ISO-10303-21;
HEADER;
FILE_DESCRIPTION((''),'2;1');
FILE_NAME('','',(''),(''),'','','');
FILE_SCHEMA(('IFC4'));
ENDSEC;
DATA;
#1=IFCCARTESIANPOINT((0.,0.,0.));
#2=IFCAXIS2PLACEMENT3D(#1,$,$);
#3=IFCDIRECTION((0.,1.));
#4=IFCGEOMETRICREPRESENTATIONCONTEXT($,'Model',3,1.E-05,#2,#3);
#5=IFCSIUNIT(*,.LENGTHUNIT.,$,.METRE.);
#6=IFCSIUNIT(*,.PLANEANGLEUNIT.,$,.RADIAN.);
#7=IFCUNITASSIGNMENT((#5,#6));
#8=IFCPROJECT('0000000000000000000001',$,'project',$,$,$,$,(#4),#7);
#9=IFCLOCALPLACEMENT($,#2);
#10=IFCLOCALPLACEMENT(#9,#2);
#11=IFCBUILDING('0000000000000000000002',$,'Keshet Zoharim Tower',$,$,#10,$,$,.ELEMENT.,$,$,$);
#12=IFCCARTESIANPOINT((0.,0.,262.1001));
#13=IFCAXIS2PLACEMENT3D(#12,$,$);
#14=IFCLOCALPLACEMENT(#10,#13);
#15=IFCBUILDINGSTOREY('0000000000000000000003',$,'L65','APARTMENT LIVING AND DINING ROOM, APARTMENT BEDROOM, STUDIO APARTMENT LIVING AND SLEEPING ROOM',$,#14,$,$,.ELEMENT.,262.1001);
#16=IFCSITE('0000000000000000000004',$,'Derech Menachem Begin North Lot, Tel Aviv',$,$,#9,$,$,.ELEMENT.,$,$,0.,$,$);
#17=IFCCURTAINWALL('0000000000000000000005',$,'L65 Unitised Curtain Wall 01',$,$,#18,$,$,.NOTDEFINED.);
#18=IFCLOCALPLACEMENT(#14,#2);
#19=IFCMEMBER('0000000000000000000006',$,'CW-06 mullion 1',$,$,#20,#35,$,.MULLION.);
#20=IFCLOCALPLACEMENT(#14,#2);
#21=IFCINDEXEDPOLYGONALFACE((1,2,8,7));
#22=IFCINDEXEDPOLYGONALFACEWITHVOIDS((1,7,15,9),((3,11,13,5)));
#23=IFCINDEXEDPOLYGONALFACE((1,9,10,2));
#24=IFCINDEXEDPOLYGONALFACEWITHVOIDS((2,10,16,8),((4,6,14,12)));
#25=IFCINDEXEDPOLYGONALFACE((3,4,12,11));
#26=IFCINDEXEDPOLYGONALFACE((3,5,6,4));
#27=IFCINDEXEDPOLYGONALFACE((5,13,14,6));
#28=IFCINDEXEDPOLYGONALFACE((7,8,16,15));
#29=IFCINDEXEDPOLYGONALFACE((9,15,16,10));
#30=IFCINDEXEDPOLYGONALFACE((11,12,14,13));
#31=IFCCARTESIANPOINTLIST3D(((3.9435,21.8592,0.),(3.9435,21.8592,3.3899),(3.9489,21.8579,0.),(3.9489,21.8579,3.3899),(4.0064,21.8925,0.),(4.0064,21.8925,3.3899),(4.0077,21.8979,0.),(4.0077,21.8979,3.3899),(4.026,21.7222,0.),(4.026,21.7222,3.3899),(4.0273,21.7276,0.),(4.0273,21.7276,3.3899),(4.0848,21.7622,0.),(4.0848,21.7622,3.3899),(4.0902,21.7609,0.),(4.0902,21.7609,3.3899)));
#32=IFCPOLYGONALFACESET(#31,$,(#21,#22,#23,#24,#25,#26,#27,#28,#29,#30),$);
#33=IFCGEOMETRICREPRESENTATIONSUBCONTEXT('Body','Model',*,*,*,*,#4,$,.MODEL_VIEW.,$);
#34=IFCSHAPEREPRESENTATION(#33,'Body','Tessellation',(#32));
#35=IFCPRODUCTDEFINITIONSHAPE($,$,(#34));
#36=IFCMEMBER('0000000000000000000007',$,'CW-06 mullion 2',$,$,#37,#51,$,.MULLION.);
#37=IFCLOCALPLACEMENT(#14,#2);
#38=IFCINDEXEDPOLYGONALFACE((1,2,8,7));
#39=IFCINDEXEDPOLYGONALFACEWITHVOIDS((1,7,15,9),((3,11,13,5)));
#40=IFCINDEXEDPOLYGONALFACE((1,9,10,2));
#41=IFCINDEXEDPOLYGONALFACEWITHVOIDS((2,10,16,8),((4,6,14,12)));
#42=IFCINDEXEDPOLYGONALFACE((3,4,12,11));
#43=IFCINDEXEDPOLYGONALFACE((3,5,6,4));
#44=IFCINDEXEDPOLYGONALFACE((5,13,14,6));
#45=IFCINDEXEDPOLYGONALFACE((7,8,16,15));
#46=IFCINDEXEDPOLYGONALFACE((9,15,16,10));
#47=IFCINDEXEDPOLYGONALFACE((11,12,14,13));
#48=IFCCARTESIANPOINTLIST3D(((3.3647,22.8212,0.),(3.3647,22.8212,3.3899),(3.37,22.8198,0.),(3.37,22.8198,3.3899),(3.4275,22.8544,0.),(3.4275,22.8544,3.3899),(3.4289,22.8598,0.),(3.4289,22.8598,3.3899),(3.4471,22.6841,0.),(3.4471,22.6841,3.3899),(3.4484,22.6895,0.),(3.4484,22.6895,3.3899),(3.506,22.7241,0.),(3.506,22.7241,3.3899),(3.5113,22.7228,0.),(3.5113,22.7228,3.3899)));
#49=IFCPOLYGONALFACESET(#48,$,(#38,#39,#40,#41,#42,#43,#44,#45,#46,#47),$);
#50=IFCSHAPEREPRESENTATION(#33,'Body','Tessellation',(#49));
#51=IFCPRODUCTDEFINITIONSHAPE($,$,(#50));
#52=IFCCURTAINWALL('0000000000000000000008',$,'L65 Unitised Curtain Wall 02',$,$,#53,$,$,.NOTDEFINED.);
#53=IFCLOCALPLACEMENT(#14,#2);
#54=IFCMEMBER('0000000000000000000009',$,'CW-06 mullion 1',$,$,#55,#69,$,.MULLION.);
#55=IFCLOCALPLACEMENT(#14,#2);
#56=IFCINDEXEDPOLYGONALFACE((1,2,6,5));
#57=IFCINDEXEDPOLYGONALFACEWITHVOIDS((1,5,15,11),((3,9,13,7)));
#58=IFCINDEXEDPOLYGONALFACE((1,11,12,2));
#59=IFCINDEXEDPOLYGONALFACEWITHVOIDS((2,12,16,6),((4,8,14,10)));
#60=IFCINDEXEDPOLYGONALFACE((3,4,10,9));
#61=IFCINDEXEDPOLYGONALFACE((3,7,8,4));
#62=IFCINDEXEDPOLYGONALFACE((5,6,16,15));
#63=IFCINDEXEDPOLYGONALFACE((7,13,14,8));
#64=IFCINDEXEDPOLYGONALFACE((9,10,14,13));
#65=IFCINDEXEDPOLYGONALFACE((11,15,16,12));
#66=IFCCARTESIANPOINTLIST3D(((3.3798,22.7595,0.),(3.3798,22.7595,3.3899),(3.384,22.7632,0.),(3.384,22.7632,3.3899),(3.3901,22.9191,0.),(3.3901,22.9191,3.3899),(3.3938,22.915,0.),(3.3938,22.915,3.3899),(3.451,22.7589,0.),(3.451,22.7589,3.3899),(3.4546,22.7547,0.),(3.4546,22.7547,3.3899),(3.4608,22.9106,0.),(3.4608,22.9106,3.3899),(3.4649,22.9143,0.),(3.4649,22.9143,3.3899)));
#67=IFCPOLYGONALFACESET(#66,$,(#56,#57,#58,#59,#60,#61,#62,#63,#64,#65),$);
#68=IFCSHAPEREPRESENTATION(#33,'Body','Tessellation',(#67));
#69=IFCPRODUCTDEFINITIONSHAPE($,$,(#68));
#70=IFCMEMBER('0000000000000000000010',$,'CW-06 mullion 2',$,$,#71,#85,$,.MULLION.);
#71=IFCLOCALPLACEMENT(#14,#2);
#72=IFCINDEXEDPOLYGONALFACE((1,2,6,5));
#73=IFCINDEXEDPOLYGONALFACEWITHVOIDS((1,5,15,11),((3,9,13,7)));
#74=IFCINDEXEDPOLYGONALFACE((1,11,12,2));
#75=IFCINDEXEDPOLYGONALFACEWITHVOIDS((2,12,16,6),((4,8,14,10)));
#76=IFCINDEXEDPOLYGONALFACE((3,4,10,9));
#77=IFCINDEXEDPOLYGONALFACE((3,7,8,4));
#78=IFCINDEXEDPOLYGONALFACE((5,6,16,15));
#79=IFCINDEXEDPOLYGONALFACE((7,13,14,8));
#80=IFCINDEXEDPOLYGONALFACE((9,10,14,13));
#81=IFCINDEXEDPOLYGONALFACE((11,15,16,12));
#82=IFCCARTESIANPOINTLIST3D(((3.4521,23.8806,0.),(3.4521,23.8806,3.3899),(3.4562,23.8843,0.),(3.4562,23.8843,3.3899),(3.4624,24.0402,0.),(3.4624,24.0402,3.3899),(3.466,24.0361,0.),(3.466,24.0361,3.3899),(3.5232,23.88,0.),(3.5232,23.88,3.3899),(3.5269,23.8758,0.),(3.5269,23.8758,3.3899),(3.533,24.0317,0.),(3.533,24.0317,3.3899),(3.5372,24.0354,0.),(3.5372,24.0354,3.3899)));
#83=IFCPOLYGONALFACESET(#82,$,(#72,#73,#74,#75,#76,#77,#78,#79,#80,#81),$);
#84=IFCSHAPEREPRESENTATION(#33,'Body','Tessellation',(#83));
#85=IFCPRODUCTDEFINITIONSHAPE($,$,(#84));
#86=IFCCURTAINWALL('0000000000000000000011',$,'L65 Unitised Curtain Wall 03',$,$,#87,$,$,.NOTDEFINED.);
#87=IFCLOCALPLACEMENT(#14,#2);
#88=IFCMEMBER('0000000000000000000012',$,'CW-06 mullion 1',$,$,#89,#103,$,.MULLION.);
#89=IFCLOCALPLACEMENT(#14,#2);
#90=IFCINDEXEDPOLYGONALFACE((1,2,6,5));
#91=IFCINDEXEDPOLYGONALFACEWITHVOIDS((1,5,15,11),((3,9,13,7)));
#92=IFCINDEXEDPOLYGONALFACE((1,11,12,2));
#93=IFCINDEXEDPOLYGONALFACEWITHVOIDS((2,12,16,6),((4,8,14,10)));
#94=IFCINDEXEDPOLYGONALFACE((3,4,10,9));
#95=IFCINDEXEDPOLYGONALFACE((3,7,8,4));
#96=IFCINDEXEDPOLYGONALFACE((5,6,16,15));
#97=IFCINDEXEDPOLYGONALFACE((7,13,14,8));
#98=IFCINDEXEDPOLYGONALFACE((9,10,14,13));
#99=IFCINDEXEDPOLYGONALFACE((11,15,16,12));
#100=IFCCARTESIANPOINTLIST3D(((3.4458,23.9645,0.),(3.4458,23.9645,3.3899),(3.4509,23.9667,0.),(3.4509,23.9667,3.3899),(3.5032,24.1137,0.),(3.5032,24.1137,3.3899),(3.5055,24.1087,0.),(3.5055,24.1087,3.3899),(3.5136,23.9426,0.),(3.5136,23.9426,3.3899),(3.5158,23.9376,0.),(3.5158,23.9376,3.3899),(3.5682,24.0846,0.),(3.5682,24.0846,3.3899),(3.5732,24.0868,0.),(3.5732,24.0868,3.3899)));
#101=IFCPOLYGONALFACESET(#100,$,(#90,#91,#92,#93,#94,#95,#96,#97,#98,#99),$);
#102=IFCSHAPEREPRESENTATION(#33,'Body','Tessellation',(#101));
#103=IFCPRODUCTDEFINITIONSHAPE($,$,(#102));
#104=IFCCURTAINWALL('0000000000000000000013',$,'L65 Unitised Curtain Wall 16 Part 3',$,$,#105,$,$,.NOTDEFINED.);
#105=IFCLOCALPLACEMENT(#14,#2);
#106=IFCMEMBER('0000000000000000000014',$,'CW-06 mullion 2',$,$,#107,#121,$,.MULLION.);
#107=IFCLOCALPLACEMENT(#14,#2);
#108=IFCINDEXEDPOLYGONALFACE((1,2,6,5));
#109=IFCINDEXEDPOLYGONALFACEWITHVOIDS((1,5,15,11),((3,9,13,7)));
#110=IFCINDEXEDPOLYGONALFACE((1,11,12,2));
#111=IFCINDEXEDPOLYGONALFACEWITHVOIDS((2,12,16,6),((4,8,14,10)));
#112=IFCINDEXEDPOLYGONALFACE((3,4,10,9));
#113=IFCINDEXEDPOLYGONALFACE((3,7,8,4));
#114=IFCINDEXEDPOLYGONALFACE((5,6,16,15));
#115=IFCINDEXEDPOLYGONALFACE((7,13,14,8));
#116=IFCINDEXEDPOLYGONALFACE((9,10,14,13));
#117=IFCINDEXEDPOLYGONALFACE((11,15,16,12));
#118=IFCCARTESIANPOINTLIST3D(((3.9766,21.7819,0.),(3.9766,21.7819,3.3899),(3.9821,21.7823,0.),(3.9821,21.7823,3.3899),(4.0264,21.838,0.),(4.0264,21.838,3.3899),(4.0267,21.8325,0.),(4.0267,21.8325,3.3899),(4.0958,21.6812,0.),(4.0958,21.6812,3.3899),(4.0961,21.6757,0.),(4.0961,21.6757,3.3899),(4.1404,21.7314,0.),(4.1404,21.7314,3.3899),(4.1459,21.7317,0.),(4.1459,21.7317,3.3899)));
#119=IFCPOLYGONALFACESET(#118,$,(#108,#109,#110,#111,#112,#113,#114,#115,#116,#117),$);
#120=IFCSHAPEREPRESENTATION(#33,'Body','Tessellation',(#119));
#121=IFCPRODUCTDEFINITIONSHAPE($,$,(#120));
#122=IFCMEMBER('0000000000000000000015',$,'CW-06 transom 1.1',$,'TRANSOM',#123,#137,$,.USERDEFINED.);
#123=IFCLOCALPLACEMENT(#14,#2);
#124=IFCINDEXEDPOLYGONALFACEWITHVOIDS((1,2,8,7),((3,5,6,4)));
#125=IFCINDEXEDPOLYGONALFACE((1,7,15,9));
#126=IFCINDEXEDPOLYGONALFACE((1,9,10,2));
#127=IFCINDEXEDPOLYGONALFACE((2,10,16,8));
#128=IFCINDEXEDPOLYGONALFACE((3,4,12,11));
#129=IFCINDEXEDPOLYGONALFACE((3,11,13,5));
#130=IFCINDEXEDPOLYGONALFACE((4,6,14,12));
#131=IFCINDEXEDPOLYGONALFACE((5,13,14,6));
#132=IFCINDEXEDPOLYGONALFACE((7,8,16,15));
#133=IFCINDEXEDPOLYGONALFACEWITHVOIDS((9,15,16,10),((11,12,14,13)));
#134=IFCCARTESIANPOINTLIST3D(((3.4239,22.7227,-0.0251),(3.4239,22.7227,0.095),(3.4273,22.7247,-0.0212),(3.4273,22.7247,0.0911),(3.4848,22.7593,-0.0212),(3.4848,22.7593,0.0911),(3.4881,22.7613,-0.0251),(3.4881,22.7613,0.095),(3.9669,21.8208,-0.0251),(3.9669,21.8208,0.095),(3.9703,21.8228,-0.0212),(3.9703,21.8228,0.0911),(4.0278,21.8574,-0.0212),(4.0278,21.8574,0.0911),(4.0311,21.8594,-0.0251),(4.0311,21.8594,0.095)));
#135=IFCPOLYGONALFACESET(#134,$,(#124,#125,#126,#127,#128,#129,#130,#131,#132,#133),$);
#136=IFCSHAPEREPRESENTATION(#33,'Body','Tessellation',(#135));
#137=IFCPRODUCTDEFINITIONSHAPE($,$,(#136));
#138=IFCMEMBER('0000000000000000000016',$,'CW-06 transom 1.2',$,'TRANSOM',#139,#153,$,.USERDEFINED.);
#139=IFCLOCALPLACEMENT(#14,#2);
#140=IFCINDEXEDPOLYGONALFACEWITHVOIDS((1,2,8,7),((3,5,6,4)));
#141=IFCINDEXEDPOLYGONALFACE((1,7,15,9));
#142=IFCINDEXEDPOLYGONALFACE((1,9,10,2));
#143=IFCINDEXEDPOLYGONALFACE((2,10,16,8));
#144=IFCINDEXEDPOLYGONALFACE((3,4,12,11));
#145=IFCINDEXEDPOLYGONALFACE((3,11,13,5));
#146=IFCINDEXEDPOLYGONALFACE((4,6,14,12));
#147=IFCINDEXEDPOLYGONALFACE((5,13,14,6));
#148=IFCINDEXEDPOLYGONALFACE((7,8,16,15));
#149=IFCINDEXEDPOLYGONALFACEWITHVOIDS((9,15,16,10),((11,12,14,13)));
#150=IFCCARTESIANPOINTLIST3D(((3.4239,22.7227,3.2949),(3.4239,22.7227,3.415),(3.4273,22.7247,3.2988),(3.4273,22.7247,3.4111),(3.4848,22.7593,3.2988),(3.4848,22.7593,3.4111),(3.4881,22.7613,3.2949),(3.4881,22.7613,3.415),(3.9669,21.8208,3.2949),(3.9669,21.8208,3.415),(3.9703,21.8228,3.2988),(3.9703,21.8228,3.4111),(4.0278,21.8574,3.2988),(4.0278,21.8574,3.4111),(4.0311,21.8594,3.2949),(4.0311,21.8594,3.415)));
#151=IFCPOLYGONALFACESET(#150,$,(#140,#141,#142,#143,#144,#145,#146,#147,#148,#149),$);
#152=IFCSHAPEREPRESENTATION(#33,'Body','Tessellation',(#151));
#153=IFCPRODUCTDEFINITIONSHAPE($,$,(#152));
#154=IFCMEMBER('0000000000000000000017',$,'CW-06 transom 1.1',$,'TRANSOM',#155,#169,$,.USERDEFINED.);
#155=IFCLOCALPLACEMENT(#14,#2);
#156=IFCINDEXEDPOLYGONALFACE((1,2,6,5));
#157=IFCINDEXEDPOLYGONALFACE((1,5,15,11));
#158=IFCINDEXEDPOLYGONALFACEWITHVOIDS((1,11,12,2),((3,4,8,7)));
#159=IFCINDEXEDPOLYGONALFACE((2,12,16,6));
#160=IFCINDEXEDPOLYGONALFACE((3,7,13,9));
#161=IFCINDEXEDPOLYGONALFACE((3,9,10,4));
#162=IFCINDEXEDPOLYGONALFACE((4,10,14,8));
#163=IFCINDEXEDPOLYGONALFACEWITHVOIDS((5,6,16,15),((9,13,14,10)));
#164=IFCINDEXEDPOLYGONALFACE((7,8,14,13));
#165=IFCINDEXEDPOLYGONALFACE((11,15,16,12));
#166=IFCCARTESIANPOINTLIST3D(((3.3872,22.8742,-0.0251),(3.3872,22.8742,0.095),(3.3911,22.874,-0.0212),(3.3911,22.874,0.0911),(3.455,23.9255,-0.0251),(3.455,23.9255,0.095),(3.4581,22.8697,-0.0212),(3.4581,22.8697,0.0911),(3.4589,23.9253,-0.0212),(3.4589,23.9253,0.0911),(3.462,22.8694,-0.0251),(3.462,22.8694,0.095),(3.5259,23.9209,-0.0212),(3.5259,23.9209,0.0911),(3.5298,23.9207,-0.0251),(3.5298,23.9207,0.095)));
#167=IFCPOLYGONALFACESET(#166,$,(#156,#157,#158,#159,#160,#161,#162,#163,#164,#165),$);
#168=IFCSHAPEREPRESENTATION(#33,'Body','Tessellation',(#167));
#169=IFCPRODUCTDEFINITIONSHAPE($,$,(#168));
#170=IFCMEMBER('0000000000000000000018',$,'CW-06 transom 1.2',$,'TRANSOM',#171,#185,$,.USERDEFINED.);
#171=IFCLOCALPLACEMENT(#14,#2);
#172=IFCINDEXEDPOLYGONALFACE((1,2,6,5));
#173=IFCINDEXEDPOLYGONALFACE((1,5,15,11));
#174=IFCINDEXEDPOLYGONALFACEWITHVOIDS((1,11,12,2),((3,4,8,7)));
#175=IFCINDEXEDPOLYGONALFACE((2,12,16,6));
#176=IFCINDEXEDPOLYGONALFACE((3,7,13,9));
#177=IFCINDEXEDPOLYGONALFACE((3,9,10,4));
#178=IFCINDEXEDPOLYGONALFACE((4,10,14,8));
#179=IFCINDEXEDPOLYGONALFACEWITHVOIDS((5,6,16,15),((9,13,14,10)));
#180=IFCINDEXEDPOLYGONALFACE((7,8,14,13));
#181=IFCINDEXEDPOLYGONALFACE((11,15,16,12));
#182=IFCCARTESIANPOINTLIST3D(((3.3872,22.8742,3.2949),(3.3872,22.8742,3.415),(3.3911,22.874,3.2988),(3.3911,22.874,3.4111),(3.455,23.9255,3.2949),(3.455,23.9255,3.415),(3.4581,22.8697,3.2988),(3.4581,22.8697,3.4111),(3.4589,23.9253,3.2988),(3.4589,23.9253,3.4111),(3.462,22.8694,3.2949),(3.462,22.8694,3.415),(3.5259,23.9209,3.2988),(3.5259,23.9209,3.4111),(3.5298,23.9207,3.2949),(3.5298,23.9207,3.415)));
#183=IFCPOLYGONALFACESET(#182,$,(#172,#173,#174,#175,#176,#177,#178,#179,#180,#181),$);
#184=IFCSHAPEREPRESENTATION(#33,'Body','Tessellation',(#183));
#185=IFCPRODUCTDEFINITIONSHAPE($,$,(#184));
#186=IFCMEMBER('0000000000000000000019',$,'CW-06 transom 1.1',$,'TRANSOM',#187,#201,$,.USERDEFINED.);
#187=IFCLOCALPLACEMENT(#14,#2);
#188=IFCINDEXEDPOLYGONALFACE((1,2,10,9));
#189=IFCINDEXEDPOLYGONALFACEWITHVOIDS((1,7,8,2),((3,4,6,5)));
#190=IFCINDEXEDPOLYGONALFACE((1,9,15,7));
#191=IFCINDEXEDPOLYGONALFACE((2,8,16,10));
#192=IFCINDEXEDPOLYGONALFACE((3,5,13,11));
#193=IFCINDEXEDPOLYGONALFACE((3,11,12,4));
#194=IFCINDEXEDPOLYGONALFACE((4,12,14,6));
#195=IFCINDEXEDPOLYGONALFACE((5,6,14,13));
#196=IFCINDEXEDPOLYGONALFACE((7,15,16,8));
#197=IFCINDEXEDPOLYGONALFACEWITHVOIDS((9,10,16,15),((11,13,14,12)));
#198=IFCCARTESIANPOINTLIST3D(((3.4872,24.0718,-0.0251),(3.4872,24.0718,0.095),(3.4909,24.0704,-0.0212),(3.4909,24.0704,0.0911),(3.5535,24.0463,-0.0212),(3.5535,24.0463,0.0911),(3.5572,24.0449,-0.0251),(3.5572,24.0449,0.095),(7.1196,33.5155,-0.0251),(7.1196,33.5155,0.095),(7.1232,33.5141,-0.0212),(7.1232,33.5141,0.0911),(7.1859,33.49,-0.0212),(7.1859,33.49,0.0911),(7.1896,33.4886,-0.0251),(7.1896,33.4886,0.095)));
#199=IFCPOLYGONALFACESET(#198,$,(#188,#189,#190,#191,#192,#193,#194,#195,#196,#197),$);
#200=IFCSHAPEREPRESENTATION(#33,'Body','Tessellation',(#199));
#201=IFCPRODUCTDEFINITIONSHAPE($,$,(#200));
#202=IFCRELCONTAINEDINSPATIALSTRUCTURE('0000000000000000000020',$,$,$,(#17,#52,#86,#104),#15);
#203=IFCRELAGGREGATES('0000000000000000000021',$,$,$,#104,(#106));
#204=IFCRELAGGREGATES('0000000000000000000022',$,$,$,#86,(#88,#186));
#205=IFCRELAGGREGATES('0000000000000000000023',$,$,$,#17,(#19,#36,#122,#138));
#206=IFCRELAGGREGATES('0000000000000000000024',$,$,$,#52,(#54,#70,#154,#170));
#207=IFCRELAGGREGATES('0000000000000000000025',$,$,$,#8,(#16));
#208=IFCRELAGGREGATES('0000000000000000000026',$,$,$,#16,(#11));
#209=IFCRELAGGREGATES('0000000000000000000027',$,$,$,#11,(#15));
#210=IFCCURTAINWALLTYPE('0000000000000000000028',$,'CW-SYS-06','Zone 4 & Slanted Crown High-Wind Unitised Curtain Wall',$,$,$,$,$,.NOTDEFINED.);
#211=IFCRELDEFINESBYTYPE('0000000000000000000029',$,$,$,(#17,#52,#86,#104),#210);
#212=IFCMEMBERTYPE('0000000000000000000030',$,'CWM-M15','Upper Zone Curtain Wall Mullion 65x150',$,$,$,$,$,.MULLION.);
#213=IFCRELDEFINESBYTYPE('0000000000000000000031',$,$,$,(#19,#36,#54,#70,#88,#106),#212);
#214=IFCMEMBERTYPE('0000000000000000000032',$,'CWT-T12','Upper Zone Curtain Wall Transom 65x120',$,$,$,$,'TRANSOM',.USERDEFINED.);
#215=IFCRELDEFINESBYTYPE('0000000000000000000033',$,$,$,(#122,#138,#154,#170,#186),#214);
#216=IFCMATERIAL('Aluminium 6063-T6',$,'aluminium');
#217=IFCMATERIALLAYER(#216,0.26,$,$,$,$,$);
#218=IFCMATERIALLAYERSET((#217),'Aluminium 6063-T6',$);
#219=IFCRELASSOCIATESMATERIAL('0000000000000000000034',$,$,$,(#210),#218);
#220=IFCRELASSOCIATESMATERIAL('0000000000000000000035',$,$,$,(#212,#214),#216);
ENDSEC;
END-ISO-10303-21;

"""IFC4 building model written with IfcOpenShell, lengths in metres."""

from ifc_helpers import new_model, si_unit, direction, frame, origin, origin_2d, place, context, subcontext, project, spatial, hollow_rectangle, extrude, material, layer, layer_set, material_profile, profile_set, type_object, element, aggregate, save


model = new_model("IFC4")

# Units and contexts
model_context = context("Model", 3, precision=1e-05, world=origin(), true_north=direction((0.0, 1.0)))
body_context = subcontext(model_context, "Body", "Model", "MODEL_VIEW")
ifc_project = project(units=[si_unit("LENGTHUNIT", "METRE"), si_unit("PLANEANGLEUNIT", "RADIAN")], contexts=[model_context])

# Site, building, storey
site_placement = place(None, origin())
site = spatial("IfcSite", under=ifc_project, at=site_placement, Name="Derech Menachem Begin North Lot, Tel Aviv", CompositionType="ELEMENT", RefElevation=0.0)
building_placement = place(site_placement, origin())
building = spatial("IfcBuilding", under=site, at=building_placement, Name="Keshet Zoharim Tower", CompositionType="ELEMENT")
storey_placement = place(building_placement, frame((0.0, 0.0, 262.1001)))
storey = spatial("IfcBuildingStorey", under=building, at=storey_placement, Name="L65", Description="APARTMENT LIVING AND DINING ROOM, APARTMENT BEDROOM, STUDIO APARTMENT LIVING AND SLEEPING ROOM", CompositionType="ELEMENT", Elevation=262.1001)

# Curtain walls, members
ifc_material_1 = material(Name="Aluminium 6063-T6", Category="aluminium")
ifc_layer_1 = layer(ifc_material_1, 0.26)
ifc_layer_set_1 = layer_set([ifc_layer_1], Name="Aluminium 6063-T6")
curtain_wall_type = type_object("IfcCurtainWallType", Name="CW-SYS-06", Description="Zone 4 & Slanted Crown High-Wind Unitised Curtain Wall", PredefinedType="NOTDEFINED", material=ifc_layer_set_1)
curtain_wall_1_placement = place(storey_placement, origin())
curtain_wall_1 = element("IfcCurtainWall", 1, at=curtain_wall_1_placement, inside=storey, type_object=curtain_wall_type, Name="L65 Unitised Curtain Wall 01", PredefinedType="NOTDEFINED")
ifc_material_profile_1 = material_profile(ifc_material_1, hollow_rectangle(XDim=0.075, YDim=0.1599, WallThickness=0.0039, at=origin_2d()), Name="MUL-75x160")
ifc_profile_set_1 = profile_set([ifc_material_profile_1], Name="Aluminium 6063-T6")
member_type_1 = type_object("IfcMemberType", Name="CWM-M15", Description="Upper Zone Curtain Wall Mullion 65x150", PredefinedType="MULLION", material=ifc_profile_set_1)
member_1_placement = place(storey_placement, frame((4.0168, 21.8101, 0.0), z_axis=(0.0, 0.0, 1.0), x_axis=(-0.856826, -0.515605, 0.0)))
member_1 = element("IfcMember", 2, at=member_1_placement, type_object=member_type_1, Name="CW-06 mullion 1", PredefinedType="MULLION", context=body_context, shape_type="SweptSolid", body=[
    extrude(hollow_rectangle(XDim=0.075, YDim=0.1599, WallThickness=0.0039, at=origin_2d()), origin(), (0.0, 0.0, 1.0), 3.3899),
])
member_2_placement = place(storey_placement, frame((3.438, 22.772, 0.0), z_axis=(0.0, 0.0, 1.0), x_axis=(-0.856826, -0.515605, 0.0)))
member_2 = element("IfcMember", 3, at=member_2_placement, type_object=member_type_1, Name="CW-06 mullion 2", PredefinedType="MULLION", context=body_context, shape_type="SweptSolid", body=[
    extrude(hollow_rectangle(XDim=0.075, YDim=0.1599, WallThickness=0.0039, at=origin_2d()), origin(), (0.0, 0.0, 1.0), 3.3899),
])
curtain_wall_2_placement = place(storey_placement, origin())
curtain_wall_2 = element("IfcCurtainWall", 4, at=curtain_wall_2_placement, inside=storey, type_object=curtain_wall_type, Name="L65 Unitised Curtain Wall 02", PredefinedType="NOTDEFINED")
member_3_placement = place(storey_placement, frame((3.4224, 22.8369, 0.0), z_axis=(0.0, 0.0, 1.0), x_axis=(-0.997917, 0.064517, 0.0)))
member_3 = element("IfcMember", 5, at=member_3_placement, type_object=member_type_1, Name="CW-06 mullion 1", PredefinedType="MULLION", context=body_context, shape_type="SweptSolid", body=[
    extrude(hollow_rectangle(XDim=0.075, YDim=0.1599, WallThickness=0.0039, at=origin_2d()), origin(), (0.0, 0.0, 1.0), 3.3899),
])
member_4_placement = place(storey_placement, frame((3.4946, 23.958, 0.0), z_axis=(0.0, 0.0, 1.0), x_axis=(-0.997917, 0.064517, 0.0)))
member_4 = element("IfcMember", 6, at=member_4_placement, type_object=member_type_1, Name="CW-06 mullion 2", PredefinedType="MULLION", context=body_context, shape_type="SweptSolid", body=[
    extrude(hollow_rectangle(XDim=0.075, YDim=0.1599, WallThickness=0.0039, at=origin_2d()), origin(), (0.0, 0.0, 1.0), 3.3899),
])

# Curtain walls, members
curtain_wall_3_placement = place(storey_placement, origin())
curtain_wall_3 = element("IfcCurtainWall", 7, at=curtain_wall_3_placement, inside=storey, type_object=curtain_wall_type, Name="L65 Unitised Curtain Wall 03", PredefinedType="NOTDEFINED")
member_5_placement = place(storey_placement, frame((3.5095, 24.0256, 0.0), z_axis=(0.0, 0.0, 1.0), x_axis=(-0.933341, 0.35899, 0.0)))
member_5 = element("IfcMember", 8, at=member_5_placement, type_object=member_type_1, Name="CW-06 mullion 1", PredefinedType="MULLION", context=body_context, shape_type="SweptSolid", body=[
    extrude(hollow_rectangle(XDim=0.075, YDim=0.1599, WallThickness=0.0039, at=origin_2d()), origin(), (0.0, 0.0, 1.0), 3.3899),
])
curtain_wall_4_placement = place(storey_placement, origin())
curtain_wall_4 = element("IfcCurtainWall", 9, at=curtain_wall_4_placement, inside=storey, type_object=curtain_wall_type, Name="L65 Unitised Curtain Wall 16 Part 3", PredefinedType="NOTDEFINED")
member_6_placement = place(storey_placement, frame((4.0613, 21.7568, 0.0), z_axis=(0.0, 0.0, 1.0), x_axis=(-0.664364, -0.747409, 0.0)))
member_6 = element("IfcMember", 10, at=member_6_placement, type_object=member_type_1, Name="CW-06 mullion 2", PredefinedType="MULLION", context=body_context, shape_type="SweptSolid", body=[
    extrude(hollow_rectangle(XDim=0.075, YDim=0.1599, WallThickness=0.0039, at=origin_2d()), origin(), (0.0, 0.0, 1.0), 3.3899),
])
aggregate(curtain_wall_4, [member_6])

# Members
ifc_material_profile_2 = material_profile(ifc_material_1, hollow_rectangle(XDim=0.075, YDim=0.1201, WallThickness=0.0039, at=origin_2d()), Name="TRN-75x120")
ifc_profile_set_2 = profile_set([ifc_material_profile_2], Name="Aluminium 6063-T6")
member_type_2 = type_object("IfcMemberType", Name="CWT-T12", Description="Upper Zone Curtain Wall Transom 65x120", ElementType="TRANSOM", PredefinedType="USERDEFINED", material=ifc_profile_set_2)
member_7_placement = place(storey_placement, frame((3.999, 21.8401, 0.0349), z_axis=(-0.515791, 0.856714, 0.0), x_axis=(-0.856714, -0.515791, 0.0)))
member_7 = element("IfcMember", 11, at=member_7_placement, type_object=member_type_2, Name="CW-06 transom 1.1", ObjectType="TRANSOM", PredefinedType="USERDEFINED", context=body_context, shape_type="SweptSolid", body=[
    extrude(hollow_rectangle(XDim=0.075, YDim=0.1201, WallThickness=0.0039, at=origin_2d()), origin(), (0.0, 0.0, 1.0), 1.0527),
])
member_8_placement = place(storey_placement, frame((3.999, 21.8401, 3.355), z_axis=(-0.515791, 0.856714, 0.0), x_axis=(-0.856714, -0.515791, 0.0)))
member_8 = element("IfcMember", 12, at=member_8_placement, type_object=member_type_2, Name="CW-06 transom 1.2", ObjectType="TRANSOM", PredefinedType="USERDEFINED", context=body_context, shape_type="SweptSolid", body=[
    extrude(hollow_rectangle(XDim=0.075, YDim=0.1201, WallThickness=0.0039, at=origin_2d()), origin(), (0.0, 0.0, 1.0), 1.0527),
])
member_9_placement = place(storey_placement, frame((3.4246, 22.8718, 0.0349), z_axis=(0.064427, 0.997922, 0.0), x_axis=(-0.997922, 0.064427, 0.0)))
member_9 = element("IfcMember", 13, at=member_9_placement, type_object=member_type_2, Name="CW-06 transom 1.1", ObjectType="TRANSOM", PredefinedType="USERDEFINED", context=body_context, shape_type="SweptSolid", body=[
    extrude(hollow_rectangle(XDim=0.075, YDim=0.1201, WallThickness=0.0039, at=origin_2d()), origin(), (0.0, 0.0, 1.0), 1.0535),
])
member_10_placement = place(storey_placement, frame((3.4246, 22.8718, 3.355), z_axis=(0.064427, 0.997922, 0.0), x_axis=(-0.997922, 0.064427, 0.0)))
member_10 = element("IfcMember", 14, at=member_10_placement, type_object=member_type_2, Name="CW-06 transom 1.2", ObjectType="TRANSOM", PredefinedType="USERDEFINED", context=body_context, shape_type="SweptSolid", body=[
    extrude(hollow_rectangle(XDim=0.075, YDim=0.1201, WallThickness=0.0039, at=origin_2d()), origin(), (0.0, 0.0, 1.0), 1.0535),
])
member_11_placement = place(storey_placement, frame((3.5222, 24.0583, 0.0349), z_axis=(0.358994, 0.93334, 0.0), x_axis=(-0.93334, 0.358994, 0.0)))
member_11 = element("IfcMember", 15, at=member_11_placement, type_object=member_type_2, Name="CW-06 transom 1.1", ObjectType="TRANSOM", PredefinedType="USERDEFINED", context=body_context, shape_type="SweptSolid", body=[
    extrude(hollow_rectangle(XDim=0.075, YDim=0.1201, WallThickness=0.0039, at=origin_2d()), origin(), (0.0, 0.0, 1.0), 10.1182),
])
aggregate(curtain_wall_3, [member_5, member_11])

aggregate(curtain_wall_1, [member_1, member_2, member_7, member_8])
aggregate(curtain_wall_2, [member_3, member_4, member_9, member_10])

save(model, "model.ifc")
